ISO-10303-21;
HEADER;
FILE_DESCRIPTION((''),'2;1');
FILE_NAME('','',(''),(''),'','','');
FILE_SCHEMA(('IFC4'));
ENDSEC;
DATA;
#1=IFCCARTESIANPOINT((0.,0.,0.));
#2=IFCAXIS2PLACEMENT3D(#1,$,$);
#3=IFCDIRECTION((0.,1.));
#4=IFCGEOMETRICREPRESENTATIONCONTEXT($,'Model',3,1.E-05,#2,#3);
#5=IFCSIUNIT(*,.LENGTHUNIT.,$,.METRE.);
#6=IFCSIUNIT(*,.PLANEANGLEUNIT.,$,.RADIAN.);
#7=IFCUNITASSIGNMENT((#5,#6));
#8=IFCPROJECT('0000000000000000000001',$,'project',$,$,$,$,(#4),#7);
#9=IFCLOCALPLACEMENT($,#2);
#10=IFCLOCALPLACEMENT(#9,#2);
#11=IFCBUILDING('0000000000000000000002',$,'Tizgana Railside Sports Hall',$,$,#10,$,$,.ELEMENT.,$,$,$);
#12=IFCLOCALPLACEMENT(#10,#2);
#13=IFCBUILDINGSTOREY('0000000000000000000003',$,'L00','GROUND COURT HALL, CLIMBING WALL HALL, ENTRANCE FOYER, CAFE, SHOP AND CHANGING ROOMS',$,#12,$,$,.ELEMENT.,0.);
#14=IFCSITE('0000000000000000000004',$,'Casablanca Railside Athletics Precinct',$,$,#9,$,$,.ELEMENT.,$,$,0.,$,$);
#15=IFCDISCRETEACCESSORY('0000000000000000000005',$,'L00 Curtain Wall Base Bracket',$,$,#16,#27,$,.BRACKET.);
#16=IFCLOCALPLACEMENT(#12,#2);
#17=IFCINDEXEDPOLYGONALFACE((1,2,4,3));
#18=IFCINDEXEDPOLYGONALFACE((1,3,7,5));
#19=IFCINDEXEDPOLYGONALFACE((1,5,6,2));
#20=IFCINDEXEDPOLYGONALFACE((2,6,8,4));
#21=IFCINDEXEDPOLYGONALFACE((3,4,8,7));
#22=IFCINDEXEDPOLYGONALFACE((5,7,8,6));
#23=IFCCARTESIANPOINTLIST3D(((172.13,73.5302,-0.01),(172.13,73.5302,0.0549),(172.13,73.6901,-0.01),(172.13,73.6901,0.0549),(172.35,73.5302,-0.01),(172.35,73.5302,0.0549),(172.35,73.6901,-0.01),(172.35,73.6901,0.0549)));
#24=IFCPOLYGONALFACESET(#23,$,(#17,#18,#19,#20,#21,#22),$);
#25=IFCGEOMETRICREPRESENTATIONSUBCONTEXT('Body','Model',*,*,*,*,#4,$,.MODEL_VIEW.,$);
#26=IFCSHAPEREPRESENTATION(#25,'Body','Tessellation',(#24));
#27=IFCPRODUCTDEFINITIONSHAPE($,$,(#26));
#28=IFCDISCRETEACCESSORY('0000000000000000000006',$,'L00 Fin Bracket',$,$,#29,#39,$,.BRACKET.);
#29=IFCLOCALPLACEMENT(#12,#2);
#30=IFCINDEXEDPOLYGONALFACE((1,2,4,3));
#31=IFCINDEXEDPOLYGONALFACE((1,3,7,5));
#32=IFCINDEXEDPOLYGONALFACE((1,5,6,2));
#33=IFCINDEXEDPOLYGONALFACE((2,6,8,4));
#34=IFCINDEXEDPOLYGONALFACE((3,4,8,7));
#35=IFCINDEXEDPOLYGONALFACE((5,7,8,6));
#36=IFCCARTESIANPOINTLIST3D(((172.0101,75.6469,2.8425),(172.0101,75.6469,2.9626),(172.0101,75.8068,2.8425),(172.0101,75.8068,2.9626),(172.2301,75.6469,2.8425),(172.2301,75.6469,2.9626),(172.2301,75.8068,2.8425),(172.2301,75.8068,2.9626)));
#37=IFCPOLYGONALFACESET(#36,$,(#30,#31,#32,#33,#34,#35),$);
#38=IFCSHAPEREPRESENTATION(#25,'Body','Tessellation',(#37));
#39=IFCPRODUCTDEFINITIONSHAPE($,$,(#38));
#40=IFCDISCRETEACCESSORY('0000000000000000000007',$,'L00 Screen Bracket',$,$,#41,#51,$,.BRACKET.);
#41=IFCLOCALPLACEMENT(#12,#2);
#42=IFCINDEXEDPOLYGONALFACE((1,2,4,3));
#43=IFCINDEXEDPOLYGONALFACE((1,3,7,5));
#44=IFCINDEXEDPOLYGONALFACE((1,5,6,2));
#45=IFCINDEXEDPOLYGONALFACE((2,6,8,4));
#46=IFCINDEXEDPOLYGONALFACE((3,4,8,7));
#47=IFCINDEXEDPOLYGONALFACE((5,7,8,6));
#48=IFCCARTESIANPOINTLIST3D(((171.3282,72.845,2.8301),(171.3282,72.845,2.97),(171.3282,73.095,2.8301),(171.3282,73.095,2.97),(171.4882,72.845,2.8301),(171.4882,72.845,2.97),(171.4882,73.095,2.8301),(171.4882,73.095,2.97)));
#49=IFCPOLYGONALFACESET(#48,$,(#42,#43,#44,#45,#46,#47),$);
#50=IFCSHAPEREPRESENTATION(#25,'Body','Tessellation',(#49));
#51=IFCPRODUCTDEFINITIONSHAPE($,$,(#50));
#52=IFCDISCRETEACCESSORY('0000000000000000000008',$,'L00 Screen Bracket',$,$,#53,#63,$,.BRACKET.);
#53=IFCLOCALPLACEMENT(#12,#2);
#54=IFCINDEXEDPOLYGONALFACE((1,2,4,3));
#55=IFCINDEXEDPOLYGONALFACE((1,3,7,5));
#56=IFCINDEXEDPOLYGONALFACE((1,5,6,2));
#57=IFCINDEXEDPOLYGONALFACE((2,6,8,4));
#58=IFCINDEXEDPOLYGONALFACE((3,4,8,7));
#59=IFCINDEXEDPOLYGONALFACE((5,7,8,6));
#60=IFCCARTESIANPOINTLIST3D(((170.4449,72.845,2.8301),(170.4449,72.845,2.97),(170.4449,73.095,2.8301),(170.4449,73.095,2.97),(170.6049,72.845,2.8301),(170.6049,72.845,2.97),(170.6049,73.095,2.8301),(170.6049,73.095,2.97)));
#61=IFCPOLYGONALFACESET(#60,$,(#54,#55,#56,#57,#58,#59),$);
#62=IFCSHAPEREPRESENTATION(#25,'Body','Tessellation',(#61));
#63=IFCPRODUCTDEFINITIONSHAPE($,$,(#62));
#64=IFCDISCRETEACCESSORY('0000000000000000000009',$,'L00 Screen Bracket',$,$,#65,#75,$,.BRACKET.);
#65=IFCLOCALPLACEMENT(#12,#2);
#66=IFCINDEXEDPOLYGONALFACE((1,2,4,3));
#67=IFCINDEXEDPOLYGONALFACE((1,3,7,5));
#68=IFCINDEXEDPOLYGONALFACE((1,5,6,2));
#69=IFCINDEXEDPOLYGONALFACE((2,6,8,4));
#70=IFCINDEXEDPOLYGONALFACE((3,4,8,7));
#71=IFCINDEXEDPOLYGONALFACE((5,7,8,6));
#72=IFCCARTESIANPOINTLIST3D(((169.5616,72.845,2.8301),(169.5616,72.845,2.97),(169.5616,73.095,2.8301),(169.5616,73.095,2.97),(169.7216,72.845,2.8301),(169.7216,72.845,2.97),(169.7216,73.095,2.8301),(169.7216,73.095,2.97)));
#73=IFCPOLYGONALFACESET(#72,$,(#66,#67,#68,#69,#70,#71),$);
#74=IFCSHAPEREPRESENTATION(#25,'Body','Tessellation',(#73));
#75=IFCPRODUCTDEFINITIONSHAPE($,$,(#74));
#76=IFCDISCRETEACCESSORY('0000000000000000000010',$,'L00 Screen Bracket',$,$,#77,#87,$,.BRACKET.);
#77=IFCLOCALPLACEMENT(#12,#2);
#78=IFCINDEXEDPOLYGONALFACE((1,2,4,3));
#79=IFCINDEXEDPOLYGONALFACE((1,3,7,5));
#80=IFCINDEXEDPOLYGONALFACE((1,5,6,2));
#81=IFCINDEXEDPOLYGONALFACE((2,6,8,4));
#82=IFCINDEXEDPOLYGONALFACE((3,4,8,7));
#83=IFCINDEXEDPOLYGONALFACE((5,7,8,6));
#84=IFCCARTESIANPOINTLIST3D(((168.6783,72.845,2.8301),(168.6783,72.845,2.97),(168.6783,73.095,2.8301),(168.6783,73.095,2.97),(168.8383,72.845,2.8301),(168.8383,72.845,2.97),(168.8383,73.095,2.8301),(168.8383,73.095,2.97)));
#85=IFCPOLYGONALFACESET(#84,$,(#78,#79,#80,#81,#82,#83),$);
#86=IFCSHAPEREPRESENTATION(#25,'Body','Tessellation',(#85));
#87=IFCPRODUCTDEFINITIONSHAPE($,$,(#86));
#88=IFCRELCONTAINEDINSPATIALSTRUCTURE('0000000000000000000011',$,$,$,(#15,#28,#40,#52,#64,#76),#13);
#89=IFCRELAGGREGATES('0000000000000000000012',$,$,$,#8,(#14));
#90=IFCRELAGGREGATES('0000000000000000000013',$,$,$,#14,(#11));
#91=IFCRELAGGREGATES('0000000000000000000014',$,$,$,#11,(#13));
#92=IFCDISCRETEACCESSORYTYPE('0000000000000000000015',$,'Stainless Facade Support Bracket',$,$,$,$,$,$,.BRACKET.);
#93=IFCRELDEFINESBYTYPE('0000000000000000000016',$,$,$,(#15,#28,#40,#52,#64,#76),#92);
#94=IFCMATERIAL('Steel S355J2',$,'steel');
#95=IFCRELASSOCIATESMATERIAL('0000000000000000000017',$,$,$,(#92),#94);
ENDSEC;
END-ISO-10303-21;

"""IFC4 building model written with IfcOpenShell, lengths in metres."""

from ifc_helpers import new_model, si_unit, direction, frame, origin, origin_2d, place, context, subcontext, project, spatial, rectangle, extrude, material, type_object, element, save


model = new_model("IFC4")

# Units and contexts
model_context = context("Model", 3, precision=1e-05, world=origin(), true_north=direction((0.0, 1.0)))
body_context = subcontext(model_context, "Body", "Model", "MODEL_VIEW")
ifc_project = project(units=[si_unit("LENGTHUNIT", "METRE"), si_unit("PLANEANGLEUNIT", "RADIAN")], contexts=[model_context])

# Site, building, storey
site_placement = place(None, origin())
site = spatial("IfcSite", under=ifc_project, at=site_placement, Name="Casablanca Railside Athletics Precinct", CompositionType="ELEMENT", RefElevation=0.0)
building_placement = place(site_placement, origin())
building = spatial("IfcBuilding", under=site, at=building_placement, Name="Tizgana Railside Sports Hall", CompositionType="ELEMENT")
storey_placement = place(building_placement, origin())
storey = spatial("IfcBuildingStorey", under=building, at=storey_placement, Name="L00", Description="GROUND COURT HALL, CLIMBING WALL HALL, ENTRANCE FOYER, CAFE, SHOP AND CHANGING ROOMS", CompositionType="ELEMENT", Elevation=0.0)

# Shared definitions
ifc_material_1 = material(Name="Steel S355J2", Category="steel")

# Discrete accessories
discrete_accessory_type = type_object("IfcDiscreteAccessoryType", Name="Stainless Facade Support Bracket", PredefinedType="BRACKET", material=ifc_material_1)
discrete_accessory_1_placement = place(storey_placement, frame((172.24, 73.6101, -0.01), z_axis=(0.0, 0.0, 1.0), x_axis=(0.0, 1.0, 0.0)))
element("IfcDiscreteAccessory", 1, at=discrete_accessory_1_placement, inside=storey, type_object=discrete_accessory_type, Name="L00 Curtain Wall Base Bracket", PredefinedType="BRACKET", context=body_context, shape_type="SweptSolid", body=[
    extrude(rectangle(XDim=0.1599, YDim=0.22, at=origin_2d()), origin(), (0.0, 0.0, 1.0), 0.0649),
])
discrete_accessory_2_placement = place(storey_placement, frame((172.1201, 75.7268, 2.8425), z_axis=(0.0, 0.0, 1.0), x_axis=(0.0, 1.0, 0.0)))
element("IfcDiscreteAccessory", 2, at=discrete_accessory_2_placement, inside=storey, type_object=discrete_accessory_type, Name="L00 Fin Bracket", PredefinedType="BRACKET", context=body_context, shape_type="SweptSolid", body=[
    extrude(rectangle(XDim=0.1599, YDim=0.22, at=origin_2d()), origin(), (0.0, 0.0, 1.0), 0.1201),
])
for number, where, z_axis, x_axis, name in (
    (3, (171.4082, 72.97, 2.8301), (0.0, 0.0, 1.0), (-1.0, 0.0, 0.0), "L00 Screen Bracket"),
    (4, (170.5249, 72.97, 2.8301), (0.0, 0.0, 1.0), (-1.0, 0.0, 0.0), "L00 Screen Bracket"),
    (5, (169.6416, 72.97, 2.8301), (0.0, 0.0, 1.0), (-1.0, 0.0, 0.0), "L00 Screen Bracket"),
    (6, (168.7583, 72.97, 2.8301), (0.0, 0.0, 1.0), (-1.0, 0.0, 0.0), "L00 Screen Bracket"),
):
    element("IfcDiscreteAccessory", number, at=place(storey_placement, frame(where, z_axis=z_axis, x_axis=x_axis)), inside=storey, type_object=discrete_accessory_type, Name=name, PredefinedType="BRACKET", context=body_context, shape_type="SweptSolid", body=[
        extrude(rectangle(XDim=0.1599, YDim=0.25, at=origin_2d()), origin(), (0.0, 0.0, 1.0), 0.1399),
    ])

save(model, "model.ifc")
